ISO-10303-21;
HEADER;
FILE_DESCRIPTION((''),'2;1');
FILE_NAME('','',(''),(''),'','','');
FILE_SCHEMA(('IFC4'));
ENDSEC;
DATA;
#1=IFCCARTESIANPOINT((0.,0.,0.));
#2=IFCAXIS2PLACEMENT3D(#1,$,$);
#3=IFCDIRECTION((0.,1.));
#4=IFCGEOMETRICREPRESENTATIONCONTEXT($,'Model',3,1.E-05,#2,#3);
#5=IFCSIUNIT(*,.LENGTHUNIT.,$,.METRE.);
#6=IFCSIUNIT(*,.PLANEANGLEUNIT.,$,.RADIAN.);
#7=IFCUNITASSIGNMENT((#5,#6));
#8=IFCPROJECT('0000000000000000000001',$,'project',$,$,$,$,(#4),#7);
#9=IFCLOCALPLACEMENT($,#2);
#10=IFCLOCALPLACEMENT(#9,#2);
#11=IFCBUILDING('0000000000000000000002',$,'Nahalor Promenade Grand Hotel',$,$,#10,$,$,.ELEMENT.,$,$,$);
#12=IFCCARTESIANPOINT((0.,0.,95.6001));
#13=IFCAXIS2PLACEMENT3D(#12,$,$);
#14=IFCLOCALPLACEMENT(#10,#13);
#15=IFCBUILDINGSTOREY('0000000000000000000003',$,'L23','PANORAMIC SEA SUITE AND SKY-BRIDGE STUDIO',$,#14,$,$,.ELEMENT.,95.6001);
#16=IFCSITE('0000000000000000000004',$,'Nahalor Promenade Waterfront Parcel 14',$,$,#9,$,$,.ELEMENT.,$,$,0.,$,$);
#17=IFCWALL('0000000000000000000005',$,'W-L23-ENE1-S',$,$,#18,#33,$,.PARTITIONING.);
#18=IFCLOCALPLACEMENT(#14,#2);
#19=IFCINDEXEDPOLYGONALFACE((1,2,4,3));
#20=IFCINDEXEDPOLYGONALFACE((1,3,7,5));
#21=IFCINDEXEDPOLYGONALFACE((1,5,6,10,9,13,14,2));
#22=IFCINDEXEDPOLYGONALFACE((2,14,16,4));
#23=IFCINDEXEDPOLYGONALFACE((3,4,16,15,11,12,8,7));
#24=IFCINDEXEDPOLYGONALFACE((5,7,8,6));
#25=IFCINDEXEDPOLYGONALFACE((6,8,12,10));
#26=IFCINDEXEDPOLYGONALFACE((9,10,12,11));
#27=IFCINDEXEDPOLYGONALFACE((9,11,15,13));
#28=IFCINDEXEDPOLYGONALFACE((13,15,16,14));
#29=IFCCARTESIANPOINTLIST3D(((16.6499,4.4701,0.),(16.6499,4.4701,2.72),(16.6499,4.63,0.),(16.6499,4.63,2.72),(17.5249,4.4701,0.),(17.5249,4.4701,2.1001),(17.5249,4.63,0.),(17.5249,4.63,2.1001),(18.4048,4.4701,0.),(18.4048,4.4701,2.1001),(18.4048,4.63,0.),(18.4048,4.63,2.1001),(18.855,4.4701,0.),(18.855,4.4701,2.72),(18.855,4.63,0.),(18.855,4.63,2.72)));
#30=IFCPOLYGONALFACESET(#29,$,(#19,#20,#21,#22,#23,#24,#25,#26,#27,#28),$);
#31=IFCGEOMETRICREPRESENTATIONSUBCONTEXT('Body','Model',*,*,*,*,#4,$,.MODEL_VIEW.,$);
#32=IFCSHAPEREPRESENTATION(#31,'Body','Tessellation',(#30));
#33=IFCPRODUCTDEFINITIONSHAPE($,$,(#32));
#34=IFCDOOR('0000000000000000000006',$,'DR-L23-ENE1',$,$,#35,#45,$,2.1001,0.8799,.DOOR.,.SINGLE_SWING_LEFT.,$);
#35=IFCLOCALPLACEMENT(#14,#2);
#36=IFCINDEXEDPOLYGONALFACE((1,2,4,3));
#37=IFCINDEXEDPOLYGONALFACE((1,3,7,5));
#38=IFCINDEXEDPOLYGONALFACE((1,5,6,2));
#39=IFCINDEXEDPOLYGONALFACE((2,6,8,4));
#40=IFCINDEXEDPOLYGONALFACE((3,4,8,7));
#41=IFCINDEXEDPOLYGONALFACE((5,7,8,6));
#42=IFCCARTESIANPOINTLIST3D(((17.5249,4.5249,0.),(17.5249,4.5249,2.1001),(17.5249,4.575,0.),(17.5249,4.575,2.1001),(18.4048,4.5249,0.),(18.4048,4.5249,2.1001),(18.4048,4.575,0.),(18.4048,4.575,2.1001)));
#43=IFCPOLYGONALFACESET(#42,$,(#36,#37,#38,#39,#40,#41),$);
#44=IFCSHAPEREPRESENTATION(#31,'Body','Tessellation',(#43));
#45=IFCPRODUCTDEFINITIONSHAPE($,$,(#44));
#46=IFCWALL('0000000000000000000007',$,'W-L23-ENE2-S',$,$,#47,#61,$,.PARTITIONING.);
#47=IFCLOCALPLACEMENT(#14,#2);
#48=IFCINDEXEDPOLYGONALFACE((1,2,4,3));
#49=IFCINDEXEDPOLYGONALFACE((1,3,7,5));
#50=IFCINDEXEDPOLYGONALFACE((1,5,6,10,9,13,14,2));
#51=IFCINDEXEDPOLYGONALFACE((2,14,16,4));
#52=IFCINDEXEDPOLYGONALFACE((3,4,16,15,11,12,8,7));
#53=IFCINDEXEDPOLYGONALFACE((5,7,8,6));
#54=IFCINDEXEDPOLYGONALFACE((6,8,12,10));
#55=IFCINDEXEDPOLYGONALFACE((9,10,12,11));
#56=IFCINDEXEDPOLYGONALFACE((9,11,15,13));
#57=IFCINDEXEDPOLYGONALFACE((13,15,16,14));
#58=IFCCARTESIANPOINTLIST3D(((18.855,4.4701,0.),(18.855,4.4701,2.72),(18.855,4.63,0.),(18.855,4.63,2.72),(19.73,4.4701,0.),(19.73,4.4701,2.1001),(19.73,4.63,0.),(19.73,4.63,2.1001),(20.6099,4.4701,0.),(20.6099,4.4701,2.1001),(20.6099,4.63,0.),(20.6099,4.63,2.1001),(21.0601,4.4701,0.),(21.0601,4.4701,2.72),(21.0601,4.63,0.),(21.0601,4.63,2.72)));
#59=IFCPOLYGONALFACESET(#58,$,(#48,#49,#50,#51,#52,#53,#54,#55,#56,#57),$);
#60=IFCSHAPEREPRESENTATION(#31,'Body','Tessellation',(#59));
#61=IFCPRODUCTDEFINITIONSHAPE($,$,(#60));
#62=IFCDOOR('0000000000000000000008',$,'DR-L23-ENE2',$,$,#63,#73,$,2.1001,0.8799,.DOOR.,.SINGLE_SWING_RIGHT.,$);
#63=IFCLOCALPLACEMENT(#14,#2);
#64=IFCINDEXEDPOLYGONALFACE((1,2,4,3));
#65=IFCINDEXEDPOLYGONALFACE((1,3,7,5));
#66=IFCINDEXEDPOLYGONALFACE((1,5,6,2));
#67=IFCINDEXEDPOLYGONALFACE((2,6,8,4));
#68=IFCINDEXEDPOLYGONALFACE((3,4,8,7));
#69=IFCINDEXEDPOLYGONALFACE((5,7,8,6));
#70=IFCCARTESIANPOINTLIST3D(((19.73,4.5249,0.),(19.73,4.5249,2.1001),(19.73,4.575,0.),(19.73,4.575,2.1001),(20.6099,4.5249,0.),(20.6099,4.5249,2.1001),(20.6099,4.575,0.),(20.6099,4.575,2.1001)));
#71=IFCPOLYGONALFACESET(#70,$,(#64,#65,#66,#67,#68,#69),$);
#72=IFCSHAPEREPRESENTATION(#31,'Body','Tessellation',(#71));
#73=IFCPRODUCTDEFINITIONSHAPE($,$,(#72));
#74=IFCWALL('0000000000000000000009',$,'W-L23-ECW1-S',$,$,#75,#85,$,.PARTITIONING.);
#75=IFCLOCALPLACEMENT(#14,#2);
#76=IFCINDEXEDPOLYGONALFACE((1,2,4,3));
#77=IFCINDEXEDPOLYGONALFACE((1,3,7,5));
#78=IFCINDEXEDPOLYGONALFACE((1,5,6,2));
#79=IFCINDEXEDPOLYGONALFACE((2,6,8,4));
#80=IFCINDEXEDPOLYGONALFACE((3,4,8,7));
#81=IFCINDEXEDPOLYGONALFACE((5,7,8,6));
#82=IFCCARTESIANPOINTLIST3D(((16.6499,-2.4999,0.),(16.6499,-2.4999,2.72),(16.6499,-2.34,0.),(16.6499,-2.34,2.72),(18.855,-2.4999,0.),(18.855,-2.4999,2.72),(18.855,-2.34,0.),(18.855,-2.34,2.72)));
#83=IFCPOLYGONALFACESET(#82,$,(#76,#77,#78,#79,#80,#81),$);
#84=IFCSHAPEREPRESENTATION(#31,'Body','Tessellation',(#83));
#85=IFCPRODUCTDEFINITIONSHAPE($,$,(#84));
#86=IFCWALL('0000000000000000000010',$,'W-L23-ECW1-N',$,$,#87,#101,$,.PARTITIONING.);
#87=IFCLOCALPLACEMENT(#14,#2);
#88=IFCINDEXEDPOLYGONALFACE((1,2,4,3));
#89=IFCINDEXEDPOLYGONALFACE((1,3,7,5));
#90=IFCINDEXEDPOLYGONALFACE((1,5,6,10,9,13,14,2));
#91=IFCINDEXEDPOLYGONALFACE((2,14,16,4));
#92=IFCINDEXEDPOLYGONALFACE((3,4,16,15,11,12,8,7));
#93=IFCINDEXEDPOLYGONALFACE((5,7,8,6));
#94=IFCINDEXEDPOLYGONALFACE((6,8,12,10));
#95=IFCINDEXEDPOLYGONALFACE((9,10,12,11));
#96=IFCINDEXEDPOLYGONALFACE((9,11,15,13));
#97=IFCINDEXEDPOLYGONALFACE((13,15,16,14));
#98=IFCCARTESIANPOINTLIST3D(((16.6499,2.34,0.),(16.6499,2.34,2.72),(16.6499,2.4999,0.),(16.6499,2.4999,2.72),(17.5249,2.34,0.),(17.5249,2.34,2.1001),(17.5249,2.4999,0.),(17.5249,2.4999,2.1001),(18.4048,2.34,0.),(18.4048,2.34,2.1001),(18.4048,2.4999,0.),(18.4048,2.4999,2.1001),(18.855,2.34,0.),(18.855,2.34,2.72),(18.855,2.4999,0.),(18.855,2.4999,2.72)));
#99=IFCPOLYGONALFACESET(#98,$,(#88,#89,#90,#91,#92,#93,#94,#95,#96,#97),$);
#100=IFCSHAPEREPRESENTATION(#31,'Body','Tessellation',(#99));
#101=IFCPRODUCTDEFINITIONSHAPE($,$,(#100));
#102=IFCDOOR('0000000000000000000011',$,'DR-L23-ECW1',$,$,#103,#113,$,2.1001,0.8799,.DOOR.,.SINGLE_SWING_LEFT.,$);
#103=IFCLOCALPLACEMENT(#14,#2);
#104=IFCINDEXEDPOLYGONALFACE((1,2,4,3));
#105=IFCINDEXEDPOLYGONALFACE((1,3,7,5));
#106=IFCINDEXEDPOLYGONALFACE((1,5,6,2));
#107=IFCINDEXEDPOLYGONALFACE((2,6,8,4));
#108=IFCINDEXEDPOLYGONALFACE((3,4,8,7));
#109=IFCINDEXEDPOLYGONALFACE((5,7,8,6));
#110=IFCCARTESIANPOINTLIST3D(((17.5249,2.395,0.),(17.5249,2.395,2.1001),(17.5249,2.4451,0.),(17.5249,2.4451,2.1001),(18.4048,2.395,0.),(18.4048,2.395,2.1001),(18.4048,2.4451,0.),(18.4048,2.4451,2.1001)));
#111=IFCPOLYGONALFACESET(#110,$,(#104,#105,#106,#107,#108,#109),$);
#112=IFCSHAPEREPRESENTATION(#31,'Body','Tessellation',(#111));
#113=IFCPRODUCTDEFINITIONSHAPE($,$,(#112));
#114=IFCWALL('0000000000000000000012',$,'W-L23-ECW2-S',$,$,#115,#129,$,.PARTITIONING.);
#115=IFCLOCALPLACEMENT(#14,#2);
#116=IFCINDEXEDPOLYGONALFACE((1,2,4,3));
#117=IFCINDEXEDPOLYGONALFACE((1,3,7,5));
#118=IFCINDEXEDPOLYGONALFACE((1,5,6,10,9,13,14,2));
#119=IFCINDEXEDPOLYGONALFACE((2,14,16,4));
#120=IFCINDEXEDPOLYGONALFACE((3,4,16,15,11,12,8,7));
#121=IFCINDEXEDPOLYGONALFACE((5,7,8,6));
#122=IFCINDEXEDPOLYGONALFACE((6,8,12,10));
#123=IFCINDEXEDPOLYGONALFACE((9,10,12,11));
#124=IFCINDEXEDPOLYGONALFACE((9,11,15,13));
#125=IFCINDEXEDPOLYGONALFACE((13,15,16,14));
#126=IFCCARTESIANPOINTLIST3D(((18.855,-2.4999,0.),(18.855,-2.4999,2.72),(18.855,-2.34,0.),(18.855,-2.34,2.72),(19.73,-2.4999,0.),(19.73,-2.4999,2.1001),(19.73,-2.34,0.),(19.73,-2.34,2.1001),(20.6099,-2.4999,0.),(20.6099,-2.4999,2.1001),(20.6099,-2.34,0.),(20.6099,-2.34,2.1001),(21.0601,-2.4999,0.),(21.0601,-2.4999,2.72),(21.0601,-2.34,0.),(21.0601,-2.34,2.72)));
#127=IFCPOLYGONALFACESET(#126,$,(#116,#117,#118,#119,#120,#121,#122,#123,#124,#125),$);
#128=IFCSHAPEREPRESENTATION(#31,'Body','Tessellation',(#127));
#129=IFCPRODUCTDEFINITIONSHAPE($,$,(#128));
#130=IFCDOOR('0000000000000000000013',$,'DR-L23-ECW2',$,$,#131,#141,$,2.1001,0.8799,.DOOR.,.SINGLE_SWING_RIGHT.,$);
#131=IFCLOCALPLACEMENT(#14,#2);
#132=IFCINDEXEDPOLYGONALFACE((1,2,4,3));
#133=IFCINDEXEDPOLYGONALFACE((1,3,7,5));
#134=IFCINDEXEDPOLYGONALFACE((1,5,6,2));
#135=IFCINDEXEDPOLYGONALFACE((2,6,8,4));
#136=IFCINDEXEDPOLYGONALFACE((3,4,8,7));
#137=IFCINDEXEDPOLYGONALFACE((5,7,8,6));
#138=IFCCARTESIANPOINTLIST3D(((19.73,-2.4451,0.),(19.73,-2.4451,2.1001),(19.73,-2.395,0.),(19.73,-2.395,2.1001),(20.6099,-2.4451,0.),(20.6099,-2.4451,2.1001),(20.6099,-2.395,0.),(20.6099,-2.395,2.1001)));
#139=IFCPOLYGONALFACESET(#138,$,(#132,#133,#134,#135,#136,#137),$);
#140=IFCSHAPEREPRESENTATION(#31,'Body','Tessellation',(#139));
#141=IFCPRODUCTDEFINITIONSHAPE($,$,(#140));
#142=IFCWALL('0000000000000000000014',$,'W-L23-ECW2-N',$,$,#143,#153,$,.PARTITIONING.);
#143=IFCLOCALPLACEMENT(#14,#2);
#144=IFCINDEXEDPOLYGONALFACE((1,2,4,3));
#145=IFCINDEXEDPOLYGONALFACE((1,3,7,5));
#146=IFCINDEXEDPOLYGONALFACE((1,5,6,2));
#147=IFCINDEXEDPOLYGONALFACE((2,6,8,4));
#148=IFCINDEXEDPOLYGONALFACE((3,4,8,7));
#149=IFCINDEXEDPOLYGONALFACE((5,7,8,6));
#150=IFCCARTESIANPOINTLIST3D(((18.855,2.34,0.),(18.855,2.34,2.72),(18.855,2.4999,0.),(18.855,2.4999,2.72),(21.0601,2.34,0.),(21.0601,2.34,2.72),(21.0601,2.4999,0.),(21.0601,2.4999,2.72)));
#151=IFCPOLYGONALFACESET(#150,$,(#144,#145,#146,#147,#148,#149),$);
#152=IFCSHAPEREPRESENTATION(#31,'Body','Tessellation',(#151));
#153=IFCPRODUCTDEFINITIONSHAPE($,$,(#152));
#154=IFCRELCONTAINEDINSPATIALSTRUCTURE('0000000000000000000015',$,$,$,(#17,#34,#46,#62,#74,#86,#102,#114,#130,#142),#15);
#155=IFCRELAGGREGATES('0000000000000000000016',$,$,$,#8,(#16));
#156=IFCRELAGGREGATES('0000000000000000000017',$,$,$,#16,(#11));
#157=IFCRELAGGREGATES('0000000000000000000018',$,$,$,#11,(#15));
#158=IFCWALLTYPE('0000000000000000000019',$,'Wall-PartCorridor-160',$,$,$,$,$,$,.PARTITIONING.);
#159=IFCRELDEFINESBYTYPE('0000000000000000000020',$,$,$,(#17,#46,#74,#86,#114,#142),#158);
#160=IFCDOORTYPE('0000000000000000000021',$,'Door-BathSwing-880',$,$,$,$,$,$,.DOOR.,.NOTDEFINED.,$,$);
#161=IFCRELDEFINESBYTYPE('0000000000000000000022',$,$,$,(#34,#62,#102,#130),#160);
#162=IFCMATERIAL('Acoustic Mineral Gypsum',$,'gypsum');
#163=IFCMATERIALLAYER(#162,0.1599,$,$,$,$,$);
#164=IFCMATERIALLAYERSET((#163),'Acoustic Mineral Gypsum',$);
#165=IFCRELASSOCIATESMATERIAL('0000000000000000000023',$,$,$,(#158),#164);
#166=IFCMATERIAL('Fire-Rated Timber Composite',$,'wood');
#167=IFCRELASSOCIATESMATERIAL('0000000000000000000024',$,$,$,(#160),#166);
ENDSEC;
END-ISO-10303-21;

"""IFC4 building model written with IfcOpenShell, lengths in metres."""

from ifc_helpers import new_model, si_unit, direction, frame, frame_2d, origin, place, context, subcontext, project, spatial, rectangle, extrude, source, transform, mapped, material, layer, layer_set, type_object, element, fill, save


model = new_model("IFC4")

# Units and contexts
model_context = context("Model", 3, precision=1e-05, world=origin(), true_north=direction((0.0, 1.0)))
body_context = subcontext(model_context, "Body", "Model", "MODEL_VIEW")
ifc_project = project(units=[si_unit("LENGTHUNIT", "METRE"), si_unit("PLANEANGLEUNIT", "RADIAN")], contexts=[model_context])

# Site, building, storey
site_placement = place(None, origin())
site = spatial("IfcSite", under=ifc_project, at=site_placement, Name="Nahalor Promenade Waterfront Parcel 14", CompositionType="ELEMENT", RefElevation=0.0)
building_placement = place(site_placement, origin())
building = spatial("IfcBuilding", under=site, at=building_placement, Name="Nahalor Promenade Grand Hotel", CompositionType="ELEMENT")
storey_placement = place(building_placement, frame((0.0, 0.0, 95.6001)))
storey = spatial("IfcBuildingStorey", under=building, at=storey_placement, Name="L23", Description="PANORAMIC SEA SUITE AND SKY-BRIDGE STUDIO", CompositionType="ELEMENT", Elevation=95.6001)

# Shared definitions
ifc_material_1 = material(Name="Acoustic Mineral Gypsum", Category="gypsum")
ifc_layer_1 = layer(ifc_material_1, 0.1599)
ifc_layer_set_1 = layer_set([ifc_layer_1], Name="Acoustic Mineral Gypsum")
wall_type = type_object("IfcWallType", Name="Wall-PartCorridor-160", PredefinedType="PARTITIONING", material=ifc_layer_set_1)

# Walls, openings, doors
shared_shape_1 = source(origin(), body_context, "Body", "SweptSolid", [
    extrude(rectangle(XDim=2.2051, YDim=0.1599, at=frame_2d((1.1025, 0.0))), origin(), (0.0, 0.0, 1.0), 2.72),
])
wall_1_placement = place(storey_placement, frame((16.6499, 4.55, 0.0), z_axis=(0.0, 0.0, 1.0), x_axis=(1.0, 0.0, 0.0)))
wall_1 = element("IfcWall", 1, at=wall_1_placement, inside=storey, type_object=wall_type, Name="W-L23-ENE1-S", PredefinedType="PARTITIONING", context=body_context, shape_type="MappedRepresentation", body=[
    mapped(shared_shape_1, transform((0.0, 0.0, 0.0), scale=1.0)),
])
opening_1_placement = place(wall_1_placement, frame((0.875, 0.0, 0.0)))
opening_1 = element("IfcOpeningElement", 2, at=opening_1_placement, cuts=wall_1, PredefinedType="OPENING", context=body_context, shape_type="SweptSolid", body=[
    extrude(rectangle(XDim=0.8799, YDim=2.1001, at=frame_2d((0.4399, 1.05))), frame((0.0, 0.0898, 0.0), z_axis=(0.0, -1.0, 0.0), x_axis=(1.0, 0.0, 0.0)), (0.0, 0.0, 1.0), 0.1799),
])
ifc_material_2 = material(Name="Fire-Rated Timber Composite", Category="wood")
door_type = type_object("IfcDoorType", Name="Door-BathSwing-880", OperationType="NOTDEFINED", PredefinedType="DOOR", material=ifc_material_2)
shared_shape_2 = source(origin(), body_context, "Body", "SweptSolid", [
    extrude(rectangle(XDim=0.8799, YDim=2.1001, at=frame_2d((0.4399, 1.05))), frame((0.0, 0.0249, 0.0), z_axis=(0.0, -1.0, 0.0), x_axis=(1.0, 0.0, 0.0)), (0.0, 0.0, 1.0), 0.05),
])
door_1_placement = place(opening_1_placement, origin())
door_1 = element("IfcDoor", 3, at=door_1_placement, inside=storey, type_object=door_type, Name="DR-L23-ENE1", OperationType="SINGLE_SWING_LEFT", OverallHeight=2.1001, OverallWidth=0.8799, PredefinedType="DOOR", context=body_context, shape_type="MappedRepresentation", body=[
    mapped(shared_shape_2, transform((0.0, 0.0, 0.0), scale=1.0)),
])
fill(opening_1, door_1)
wall_2_placement = place(storey_placement, frame((18.855, 4.55, 0.0), z_axis=(0.0, 0.0, 1.0), x_axis=(1.0, 0.0, 0.0)))
wall_2 = element("IfcWall", 4, at=wall_2_placement, inside=storey, type_object=wall_type, Name="W-L23-ENE2-S", PredefinedType="PARTITIONING", context=body_context, shape_type="MappedRepresentation", body=[
    mapped(shared_shape_1, transform((0.0, 0.0, 0.0), scale=1.0)),
])
opening_2_placement = place(wall_2_placement, frame((0.875, 0.0, 0.0)))
opening_2 = element("IfcOpeningElement", 5, at=opening_2_placement, cuts=wall_2, PredefinedType="OPENING", context=body_context, shape_type="SweptSolid", body=[
    extrude(rectangle(XDim=0.8799, YDim=2.1001, at=frame_2d((0.4399, 1.05))), frame((0.0, 0.0898, 0.0), z_axis=(0.0, -1.0, 0.0), x_axis=(1.0, 0.0, 0.0)), (0.0, 0.0, 1.0), 0.1799),
])
door_2_placement = place(opening_2_placement, origin())
door_2 = element("IfcDoor", 6, at=door_2_placement, inside=storey, type_object=door_type, Name="DR-L23-ENE2", OperationType="SINGLE_SWING_RIGHT", OverallHeight=2.1001, OverallWidth=0.8799, PredefinedType="DOOR", context=body_context, shape_type="MappedRepresentation", body=[
    mapped(shared_shape_2, transform((0.0, 0.0, 0.0), scale=1.0)),
])
fill(opening_2, door_2)

# Wall
wall_3_placement = place(storey_placement, frame((16.6499, -2.4199, 0.0), z_axis=(0.0, 0.0, 1.0), x_axis=(1.0, 0.0, 0.0)))
element("IfcWall", 7, at=wall_3_placement, inside=storey, type_object=wall_type, Name="W-L23-ECW1-S", PredefinedType="PARTITIONING", context=body_context, shape_type="MappedRepresentation", body=[
    mapped(shared_shape_1, transform((0.0, 0.0, 0.0), scale=1.0)),
])

# Walls, openings, doors
wall_4_placement = place(storey_placement, frame((16.6499, 2.4199, 0.0), z_axis=(0.0, 0.0, 1.0), x_axis=(1.0, 0.0, 0.0)))
wall_4 = element("IfcWall", 8, at=wall_4_placement, inside=storey, type_object=wall_type, Name="W-L23-ECW1-N", PredefinedType="PARTITIONING", context=body_context, shape_type="MappedRepresentation", body=[
    mapped(shared_shape_1, transform((0.0, 0.0, 0.0), scale=1.0)),
])
opening_3_placement = place(wall_4_placement, frame((0.875, 0.0, 0.0)))
opening_3 = element("IfcOpeningElement", 9, at=opening_3_placement, cuts=wall_4, PredefinedType="OPENING", context=body_context, shape_type="SweptSolid", body=[
    extrude(rectangle(XDim=0.8799, YDim=2.1001, at=frame_2d((0.4399, 1.05))), frame((0.0, 0.0898, 0.0), z_axis=(0.0, -1.0, 0.0), x_axis=(1.0, 0.0, 0.0)), (0.0, 0.0, 1.0), 0.1799),
])
door_3_placement = place(opening_3_placement, frame((0.8799, 0.0, 0.0), z_axis=(0.0, 0.0, 1.0), x_axis=(-1.0, 0.0, 0.0)))
door_3 = element("IfcDoor", 10, at=door_3_placement, inside=storey, type_object=door_type, Name="DR-L23-ECW1", OperationType="SINGLE_SWING_LEFT", OverallHeight=2.1001, OverallWidth=0.8799, PredefinedType="DOOR", context=body_context, shape_type="MappedRepresentation", body=[
    mapped(shared_shape_2, transform((0.0, 0.0, 0.0), scale=1.0)),
])
fill(opening_3, door_3)
wall_5_placement = place(storey_placement, frame((18.855, -2.4199, 0.0), z_axis=(0.0, 0.0, 1.0), x_axis=(1.0, 0.0, 0.0)))
wall_5 = element("IfcWall", 11, at=wall_5_placement, inside=storey, type_object=wall_type, Name="W-L23-ECW2-S", PredefinedType="PARTITIONING", context=body_context, shape_type="MappedRepresentation", body=[
    mapped(shared_shape_1, transform((0.0, 0.0, 0.0), scale=1.0)),
])
opening_4_placement = place(wall_5_placement, frame((0.875, 0.0, 0.0)))
opening_4 = element("IfcOpeningElement", 12, at=opening_4_placement, cuts=wall_5, PredefinedType="OPENING", context=body_context, shape_type="SweptSolid", body=[
    extrude(rectangle(XDim=0.8799, YDim=2.1001, at=frame_2d((0.4399, 1.05))), frame((0.0, 0.0898, 0.0), z_axis=(0.0, -1.0, 0.0), x_axis=(1.0, 0.0, 0.0)), (0.0, 0.0, 1.0), 0.1799),
])
door_4_placement = place(opening_4_placement, origin())
door_4 = element("IfcDoor", 13, at=door_4_placement, inside=storey, type_object=door_type, Name="DR-L23-ECW2", OperationType="SINGLE_SWING_RIGHT", OverallHeight=2.1001, OverallWidth=0.8799, PredefinedType="DOOR", context=body_context, shape_type="MappedRepresentation", body=[
    mapped(shared_shape_2, transform((0.0, 0.0, 0.0), scale=1.0)),
])
fill(opening_4, door_4)

# Wall
wall_6_placement = place(storey_placement, frame((18.855, 2.4199, 0.0), z_axis=(0.0, 0.0, 1.0), x_axis=(1.0, 0.0, 0.0)))
element("IfcWall", 14, at=wall_6_placement, inside=storey, type_object=wall_type, Name="W-L23-ECW2-N", PredefinedType="PARTITIONING", context=body_context, shape_type="MappedRepresentation", body=[
    mapped(shared_shape_1, transform((0.0, 0.0, 0.0), scale=1.0)),
])

save(model, "model.ifc")
